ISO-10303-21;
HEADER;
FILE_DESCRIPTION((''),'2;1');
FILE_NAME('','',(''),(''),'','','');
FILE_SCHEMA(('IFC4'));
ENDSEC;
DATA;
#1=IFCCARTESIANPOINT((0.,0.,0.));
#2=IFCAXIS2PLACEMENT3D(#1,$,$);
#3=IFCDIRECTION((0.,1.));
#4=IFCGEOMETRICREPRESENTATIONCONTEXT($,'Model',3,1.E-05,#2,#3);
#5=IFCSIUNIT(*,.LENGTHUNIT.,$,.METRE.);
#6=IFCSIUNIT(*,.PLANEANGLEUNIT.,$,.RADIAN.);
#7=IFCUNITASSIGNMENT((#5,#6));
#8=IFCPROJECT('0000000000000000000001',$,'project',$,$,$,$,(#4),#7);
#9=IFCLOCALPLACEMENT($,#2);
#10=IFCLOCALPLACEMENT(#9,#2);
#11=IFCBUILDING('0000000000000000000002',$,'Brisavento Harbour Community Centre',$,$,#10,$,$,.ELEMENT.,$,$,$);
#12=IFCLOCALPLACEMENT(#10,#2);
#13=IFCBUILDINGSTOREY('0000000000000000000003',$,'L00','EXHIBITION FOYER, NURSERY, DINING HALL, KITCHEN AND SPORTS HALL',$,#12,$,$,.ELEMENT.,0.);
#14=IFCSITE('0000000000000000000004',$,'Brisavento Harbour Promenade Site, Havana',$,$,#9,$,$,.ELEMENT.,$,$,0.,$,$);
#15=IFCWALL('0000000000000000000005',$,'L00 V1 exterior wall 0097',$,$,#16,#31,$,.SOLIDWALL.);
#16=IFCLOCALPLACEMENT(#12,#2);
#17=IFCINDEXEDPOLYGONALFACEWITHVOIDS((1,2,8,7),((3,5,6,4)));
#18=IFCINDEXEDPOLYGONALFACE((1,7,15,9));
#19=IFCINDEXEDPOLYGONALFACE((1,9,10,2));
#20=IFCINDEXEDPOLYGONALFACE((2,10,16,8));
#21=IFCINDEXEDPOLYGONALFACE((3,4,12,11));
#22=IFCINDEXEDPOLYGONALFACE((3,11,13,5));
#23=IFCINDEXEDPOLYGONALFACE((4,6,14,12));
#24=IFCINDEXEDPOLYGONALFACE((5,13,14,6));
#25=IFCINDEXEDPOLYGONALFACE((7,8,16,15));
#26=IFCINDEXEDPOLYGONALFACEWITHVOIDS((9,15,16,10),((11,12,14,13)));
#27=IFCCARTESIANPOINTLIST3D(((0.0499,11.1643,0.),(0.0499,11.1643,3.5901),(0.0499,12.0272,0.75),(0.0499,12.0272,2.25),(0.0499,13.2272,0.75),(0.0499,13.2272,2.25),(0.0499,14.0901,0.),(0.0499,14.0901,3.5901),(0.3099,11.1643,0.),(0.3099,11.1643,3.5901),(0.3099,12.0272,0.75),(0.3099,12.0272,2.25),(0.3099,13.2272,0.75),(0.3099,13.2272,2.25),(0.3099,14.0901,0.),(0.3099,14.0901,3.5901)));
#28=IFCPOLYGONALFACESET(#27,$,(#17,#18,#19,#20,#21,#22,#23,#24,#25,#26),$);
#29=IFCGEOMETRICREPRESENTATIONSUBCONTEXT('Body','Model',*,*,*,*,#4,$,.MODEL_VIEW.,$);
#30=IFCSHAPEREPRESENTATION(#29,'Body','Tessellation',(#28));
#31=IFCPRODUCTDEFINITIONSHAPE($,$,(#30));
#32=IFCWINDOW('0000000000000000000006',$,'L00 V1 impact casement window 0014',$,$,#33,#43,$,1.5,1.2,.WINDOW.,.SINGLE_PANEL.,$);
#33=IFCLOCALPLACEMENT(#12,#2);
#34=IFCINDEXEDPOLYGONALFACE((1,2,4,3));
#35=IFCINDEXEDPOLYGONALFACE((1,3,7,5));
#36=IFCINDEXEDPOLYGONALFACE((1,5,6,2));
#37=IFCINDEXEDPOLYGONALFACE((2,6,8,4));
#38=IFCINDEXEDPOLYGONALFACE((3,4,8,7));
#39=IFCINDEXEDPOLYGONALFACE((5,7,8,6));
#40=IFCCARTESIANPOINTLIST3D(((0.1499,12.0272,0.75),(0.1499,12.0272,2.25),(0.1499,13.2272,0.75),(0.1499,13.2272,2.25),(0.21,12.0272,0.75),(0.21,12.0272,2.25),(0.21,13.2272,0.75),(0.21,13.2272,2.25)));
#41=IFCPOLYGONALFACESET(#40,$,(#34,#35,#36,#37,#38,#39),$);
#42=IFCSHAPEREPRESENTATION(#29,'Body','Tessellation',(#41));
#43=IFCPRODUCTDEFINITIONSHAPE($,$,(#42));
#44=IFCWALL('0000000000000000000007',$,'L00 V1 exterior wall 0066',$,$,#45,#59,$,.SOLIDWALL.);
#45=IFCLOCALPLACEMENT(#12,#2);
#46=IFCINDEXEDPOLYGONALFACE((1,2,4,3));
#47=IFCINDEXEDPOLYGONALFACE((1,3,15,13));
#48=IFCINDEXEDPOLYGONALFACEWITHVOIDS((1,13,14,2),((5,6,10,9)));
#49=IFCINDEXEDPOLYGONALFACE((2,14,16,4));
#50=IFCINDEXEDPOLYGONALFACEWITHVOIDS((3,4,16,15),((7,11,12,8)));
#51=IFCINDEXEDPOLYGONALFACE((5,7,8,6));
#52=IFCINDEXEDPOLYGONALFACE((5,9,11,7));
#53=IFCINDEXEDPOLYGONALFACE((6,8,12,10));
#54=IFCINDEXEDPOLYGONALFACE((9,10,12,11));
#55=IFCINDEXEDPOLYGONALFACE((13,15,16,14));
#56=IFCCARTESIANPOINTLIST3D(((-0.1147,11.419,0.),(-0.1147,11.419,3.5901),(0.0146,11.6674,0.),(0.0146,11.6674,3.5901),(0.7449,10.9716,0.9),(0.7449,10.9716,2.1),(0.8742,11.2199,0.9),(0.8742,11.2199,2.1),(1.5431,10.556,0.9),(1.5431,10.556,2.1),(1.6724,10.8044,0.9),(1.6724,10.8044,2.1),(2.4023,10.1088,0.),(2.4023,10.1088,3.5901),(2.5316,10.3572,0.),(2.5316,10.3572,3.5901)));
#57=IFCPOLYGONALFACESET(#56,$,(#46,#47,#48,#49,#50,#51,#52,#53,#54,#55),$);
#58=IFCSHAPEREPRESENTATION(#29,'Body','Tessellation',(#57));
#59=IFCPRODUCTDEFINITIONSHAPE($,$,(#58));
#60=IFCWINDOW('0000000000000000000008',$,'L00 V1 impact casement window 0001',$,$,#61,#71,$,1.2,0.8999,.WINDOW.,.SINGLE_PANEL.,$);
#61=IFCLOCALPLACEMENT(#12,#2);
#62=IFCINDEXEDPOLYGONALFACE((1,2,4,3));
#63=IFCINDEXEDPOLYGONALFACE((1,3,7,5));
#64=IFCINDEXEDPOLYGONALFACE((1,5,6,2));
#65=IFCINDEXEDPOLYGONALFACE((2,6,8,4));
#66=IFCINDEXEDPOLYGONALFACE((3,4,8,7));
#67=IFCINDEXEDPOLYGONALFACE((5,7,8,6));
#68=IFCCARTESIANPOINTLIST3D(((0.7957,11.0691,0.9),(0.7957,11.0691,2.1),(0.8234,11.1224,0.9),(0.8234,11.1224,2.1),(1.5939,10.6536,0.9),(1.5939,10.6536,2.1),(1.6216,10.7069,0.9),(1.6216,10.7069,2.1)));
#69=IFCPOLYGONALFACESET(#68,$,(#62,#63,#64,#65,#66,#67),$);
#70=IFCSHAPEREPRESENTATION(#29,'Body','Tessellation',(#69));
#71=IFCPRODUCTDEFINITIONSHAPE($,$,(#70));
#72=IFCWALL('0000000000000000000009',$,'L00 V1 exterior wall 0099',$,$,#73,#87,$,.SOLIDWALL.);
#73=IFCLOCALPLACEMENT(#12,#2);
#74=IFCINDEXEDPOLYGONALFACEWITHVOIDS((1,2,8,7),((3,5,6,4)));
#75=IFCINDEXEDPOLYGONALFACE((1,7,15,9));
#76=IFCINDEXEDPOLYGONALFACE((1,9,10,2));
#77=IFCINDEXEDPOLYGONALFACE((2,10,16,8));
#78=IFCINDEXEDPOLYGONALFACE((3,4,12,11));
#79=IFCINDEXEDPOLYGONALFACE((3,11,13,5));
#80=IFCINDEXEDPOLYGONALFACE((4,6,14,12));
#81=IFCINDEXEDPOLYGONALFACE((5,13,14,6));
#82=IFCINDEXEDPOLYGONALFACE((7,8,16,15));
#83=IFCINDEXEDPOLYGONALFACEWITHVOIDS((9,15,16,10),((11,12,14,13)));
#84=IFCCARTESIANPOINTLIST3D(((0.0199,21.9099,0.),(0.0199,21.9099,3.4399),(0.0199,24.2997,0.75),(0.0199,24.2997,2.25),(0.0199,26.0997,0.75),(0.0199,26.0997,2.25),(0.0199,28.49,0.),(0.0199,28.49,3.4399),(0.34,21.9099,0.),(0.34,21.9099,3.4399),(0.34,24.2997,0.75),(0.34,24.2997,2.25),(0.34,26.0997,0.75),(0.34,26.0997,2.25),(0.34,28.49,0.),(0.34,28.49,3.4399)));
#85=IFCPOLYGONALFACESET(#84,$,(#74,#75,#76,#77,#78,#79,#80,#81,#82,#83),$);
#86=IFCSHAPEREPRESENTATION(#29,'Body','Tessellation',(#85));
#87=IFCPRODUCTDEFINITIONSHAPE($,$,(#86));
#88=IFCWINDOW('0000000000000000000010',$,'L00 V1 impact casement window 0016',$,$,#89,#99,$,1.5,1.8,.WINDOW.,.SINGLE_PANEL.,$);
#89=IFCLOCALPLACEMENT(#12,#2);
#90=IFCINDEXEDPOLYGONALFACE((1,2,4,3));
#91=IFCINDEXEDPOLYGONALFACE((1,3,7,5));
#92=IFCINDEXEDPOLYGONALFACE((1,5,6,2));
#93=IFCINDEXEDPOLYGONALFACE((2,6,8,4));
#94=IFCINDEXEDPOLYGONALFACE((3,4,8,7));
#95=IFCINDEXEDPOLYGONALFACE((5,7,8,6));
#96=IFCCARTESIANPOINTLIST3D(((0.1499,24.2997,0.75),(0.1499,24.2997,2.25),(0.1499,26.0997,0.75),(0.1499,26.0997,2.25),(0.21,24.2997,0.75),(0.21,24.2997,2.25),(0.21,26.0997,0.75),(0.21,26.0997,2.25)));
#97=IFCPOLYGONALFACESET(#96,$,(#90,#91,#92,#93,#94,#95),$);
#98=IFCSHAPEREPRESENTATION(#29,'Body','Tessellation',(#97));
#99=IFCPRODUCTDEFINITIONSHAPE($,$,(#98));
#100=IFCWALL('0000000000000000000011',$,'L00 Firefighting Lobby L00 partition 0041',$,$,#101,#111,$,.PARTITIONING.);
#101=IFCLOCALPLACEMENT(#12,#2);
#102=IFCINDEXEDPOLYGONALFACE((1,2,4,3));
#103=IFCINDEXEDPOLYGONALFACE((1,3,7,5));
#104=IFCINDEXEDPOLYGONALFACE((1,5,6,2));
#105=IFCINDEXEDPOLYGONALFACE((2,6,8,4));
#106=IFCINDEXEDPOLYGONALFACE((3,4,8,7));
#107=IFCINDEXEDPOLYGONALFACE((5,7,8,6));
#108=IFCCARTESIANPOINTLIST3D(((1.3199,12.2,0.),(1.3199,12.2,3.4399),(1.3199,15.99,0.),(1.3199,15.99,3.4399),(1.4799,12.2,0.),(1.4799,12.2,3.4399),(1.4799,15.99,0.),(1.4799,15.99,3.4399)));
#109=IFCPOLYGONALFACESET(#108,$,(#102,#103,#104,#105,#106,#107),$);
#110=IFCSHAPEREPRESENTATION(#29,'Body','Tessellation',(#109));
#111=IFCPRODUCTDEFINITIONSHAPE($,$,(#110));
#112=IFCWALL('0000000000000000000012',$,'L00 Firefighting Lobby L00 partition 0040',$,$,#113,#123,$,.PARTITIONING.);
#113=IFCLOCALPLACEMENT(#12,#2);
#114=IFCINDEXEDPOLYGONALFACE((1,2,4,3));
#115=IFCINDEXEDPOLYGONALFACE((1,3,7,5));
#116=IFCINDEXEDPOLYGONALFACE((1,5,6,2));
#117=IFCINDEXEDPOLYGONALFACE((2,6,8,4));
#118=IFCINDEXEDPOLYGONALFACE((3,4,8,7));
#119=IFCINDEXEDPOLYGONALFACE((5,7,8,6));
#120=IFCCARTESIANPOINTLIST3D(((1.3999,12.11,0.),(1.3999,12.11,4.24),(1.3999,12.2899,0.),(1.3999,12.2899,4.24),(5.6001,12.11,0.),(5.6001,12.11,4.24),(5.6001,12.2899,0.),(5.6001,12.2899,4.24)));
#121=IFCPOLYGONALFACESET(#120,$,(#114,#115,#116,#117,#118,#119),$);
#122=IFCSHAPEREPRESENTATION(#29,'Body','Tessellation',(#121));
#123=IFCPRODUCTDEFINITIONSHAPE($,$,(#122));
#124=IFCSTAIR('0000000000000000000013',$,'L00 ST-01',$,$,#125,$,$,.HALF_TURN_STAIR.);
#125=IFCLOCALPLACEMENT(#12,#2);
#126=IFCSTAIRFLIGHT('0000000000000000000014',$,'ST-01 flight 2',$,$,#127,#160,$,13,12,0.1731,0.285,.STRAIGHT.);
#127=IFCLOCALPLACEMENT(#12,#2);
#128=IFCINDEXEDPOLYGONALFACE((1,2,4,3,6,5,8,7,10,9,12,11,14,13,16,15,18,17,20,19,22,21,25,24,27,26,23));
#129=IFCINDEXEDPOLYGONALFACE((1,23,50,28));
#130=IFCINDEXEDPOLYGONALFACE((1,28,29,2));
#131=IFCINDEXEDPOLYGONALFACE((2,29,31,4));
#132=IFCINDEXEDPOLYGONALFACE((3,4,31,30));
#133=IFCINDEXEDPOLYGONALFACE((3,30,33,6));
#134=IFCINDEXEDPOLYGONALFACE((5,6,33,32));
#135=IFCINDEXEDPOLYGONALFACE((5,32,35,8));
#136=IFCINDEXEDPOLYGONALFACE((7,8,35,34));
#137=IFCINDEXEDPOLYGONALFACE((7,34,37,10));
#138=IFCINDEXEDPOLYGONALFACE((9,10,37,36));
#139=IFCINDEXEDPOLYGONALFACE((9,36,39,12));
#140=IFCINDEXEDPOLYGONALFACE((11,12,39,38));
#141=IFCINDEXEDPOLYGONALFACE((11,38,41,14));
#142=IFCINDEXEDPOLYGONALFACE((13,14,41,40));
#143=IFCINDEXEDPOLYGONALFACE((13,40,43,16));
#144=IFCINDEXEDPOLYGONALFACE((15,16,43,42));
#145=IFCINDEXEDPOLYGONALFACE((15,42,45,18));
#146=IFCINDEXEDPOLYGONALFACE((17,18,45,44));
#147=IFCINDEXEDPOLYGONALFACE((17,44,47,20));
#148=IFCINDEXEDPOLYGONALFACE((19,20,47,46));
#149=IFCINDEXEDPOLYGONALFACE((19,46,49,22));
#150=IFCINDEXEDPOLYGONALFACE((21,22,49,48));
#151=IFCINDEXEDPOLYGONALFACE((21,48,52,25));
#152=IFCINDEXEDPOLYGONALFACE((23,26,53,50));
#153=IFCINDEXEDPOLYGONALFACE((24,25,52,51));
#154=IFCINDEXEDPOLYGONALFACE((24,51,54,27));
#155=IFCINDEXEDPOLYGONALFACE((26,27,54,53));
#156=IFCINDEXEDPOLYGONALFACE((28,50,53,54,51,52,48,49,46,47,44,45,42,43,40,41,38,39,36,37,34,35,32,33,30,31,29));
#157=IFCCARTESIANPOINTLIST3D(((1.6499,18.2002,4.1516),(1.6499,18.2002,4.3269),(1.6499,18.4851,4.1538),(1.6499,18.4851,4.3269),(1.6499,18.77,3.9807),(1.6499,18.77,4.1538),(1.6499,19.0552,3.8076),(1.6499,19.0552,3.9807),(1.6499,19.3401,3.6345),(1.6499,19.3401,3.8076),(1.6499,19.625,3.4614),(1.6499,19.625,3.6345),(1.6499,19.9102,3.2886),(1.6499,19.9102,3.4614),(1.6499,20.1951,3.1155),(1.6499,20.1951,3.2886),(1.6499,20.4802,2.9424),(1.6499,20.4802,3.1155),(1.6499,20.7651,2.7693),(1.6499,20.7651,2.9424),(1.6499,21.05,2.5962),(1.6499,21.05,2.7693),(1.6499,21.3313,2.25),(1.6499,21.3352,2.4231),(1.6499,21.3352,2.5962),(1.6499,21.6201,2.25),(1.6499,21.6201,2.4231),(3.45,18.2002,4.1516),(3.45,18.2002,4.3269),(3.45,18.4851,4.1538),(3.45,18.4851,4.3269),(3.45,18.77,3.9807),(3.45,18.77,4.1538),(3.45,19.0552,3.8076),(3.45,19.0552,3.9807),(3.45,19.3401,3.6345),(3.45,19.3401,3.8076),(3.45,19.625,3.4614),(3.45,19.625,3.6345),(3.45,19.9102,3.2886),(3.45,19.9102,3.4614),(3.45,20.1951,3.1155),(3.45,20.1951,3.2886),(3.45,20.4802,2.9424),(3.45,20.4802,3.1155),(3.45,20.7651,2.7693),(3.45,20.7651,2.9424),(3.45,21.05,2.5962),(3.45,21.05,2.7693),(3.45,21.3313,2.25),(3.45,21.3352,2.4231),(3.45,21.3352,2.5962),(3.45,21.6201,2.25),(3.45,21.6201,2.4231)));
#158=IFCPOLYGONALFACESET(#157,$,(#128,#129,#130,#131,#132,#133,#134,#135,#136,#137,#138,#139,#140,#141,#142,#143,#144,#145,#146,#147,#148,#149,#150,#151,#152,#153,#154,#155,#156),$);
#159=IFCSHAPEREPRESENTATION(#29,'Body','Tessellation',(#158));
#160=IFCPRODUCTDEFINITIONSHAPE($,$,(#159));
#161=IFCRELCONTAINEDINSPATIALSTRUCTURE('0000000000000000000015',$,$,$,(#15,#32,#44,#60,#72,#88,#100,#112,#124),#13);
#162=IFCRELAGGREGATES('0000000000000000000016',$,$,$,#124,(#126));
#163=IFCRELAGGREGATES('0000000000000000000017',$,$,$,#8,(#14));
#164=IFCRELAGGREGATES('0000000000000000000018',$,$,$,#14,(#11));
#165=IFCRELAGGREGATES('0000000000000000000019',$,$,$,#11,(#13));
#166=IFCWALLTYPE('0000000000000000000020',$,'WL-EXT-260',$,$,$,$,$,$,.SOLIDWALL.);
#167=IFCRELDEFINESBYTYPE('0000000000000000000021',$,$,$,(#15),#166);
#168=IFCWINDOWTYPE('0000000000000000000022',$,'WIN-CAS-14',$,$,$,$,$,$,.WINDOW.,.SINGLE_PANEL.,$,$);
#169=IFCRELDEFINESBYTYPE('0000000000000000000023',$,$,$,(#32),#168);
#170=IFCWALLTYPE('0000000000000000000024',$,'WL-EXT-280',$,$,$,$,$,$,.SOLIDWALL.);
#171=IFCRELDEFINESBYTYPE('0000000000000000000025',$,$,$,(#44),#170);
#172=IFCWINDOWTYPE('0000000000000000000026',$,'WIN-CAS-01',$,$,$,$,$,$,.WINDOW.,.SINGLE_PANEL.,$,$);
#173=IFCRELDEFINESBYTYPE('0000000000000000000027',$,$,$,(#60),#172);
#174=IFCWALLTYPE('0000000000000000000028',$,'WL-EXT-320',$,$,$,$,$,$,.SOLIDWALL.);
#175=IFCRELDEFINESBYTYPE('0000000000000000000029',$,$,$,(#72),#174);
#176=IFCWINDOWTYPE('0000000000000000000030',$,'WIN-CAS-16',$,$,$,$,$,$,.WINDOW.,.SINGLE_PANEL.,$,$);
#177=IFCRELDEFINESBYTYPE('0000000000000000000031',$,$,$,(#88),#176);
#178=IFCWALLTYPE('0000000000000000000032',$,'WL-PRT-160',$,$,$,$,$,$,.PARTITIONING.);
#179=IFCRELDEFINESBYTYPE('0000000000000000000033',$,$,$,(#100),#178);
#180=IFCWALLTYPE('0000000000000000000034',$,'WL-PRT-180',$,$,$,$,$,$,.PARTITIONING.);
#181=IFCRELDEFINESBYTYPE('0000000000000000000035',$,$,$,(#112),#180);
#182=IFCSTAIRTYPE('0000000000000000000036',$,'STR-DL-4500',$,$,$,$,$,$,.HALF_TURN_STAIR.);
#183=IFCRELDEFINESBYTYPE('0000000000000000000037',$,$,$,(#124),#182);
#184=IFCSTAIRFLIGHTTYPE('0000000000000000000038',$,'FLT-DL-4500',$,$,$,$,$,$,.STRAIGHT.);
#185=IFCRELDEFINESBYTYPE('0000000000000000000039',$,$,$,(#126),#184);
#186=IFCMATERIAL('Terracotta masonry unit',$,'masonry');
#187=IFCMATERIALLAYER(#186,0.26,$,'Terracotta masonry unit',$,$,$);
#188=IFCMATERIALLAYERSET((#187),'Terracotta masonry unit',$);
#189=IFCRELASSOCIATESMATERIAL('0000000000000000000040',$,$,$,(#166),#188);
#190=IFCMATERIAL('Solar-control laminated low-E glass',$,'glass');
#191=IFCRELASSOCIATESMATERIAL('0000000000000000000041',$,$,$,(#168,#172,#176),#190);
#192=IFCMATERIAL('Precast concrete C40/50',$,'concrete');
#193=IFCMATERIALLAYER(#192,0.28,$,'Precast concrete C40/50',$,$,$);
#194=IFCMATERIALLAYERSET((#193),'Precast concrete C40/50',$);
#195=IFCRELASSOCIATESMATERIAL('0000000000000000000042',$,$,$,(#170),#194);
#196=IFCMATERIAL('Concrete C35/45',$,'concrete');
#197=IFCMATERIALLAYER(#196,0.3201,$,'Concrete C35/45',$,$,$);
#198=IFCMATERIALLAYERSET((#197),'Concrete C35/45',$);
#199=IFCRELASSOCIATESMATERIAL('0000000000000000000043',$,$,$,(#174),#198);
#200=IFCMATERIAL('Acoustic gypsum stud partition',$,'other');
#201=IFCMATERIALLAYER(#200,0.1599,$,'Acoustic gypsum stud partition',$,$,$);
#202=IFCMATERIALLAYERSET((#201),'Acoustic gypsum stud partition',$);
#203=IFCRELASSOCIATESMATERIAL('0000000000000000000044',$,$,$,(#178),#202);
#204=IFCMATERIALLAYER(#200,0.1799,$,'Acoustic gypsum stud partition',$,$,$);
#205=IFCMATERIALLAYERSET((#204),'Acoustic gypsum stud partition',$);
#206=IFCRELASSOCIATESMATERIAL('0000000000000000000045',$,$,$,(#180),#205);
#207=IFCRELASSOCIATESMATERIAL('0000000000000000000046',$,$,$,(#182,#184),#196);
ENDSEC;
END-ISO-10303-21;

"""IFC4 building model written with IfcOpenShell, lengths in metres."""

from ifc_helpers import new_model, si_unit, direction, frame, frame_2d, origin, place, context, subcontext, project, spatial, polyline, rectangle, outline, extrude, material, layer, layer_set, type_object, element, fill, aggregate, save


model = new_model("IFC4")

# Units and contexts
model_context = context("Model", 3, precision=1e-05, world=origin(), true_north=direction((0.0, 1.0)))
body_context = subcontext(model_context, "Body", "Model", "MODEL_VIEW")
ifc_project = project(units=[si_unit("LENGTHUNIT", "METRE"), si_unit("PLANEANGLEUNIT", "RADIAN")], contexts=[model_context])

# Site, building, storey
site_placement = place(None, origin())
site = spatial("IfcSite", under=ifc_project, at=site_placement, Name="Brisavento Harbour Promenade Site, Havana", CompositionType="ELEMENT", RefElevation=0.0)
building_placement = place(site_placement, origin())
building = spatial("IfcBuilding", under=site, at=building_placement, Name="Brisavento Harbour Community Centre", CompositionType="ELEMENT")
storey_placement = place(building_placement, origin())
storey = spatial("IfcBuildingStorey", under=building, at=storey_placement, Name="L00", Description="EXHIBITION FOYER, NURSERY, DINING HALL, KITCHEN AND SPORTS HALL", CompositionType="ELEMENT", Elevation=0.0)

# Shared definitions
ifc_material_1 = material(Name="Concrete C35/45", Category="concrete")

# Walls, openings, windows
ifc_material_2 = material(Name="Terracotta masonry unit", Category="masonry")
ifc_material_3 = material(Name="Solar-control laminated low-E glass", Category="glass")
ifc_layer_1 = layer(ifc_material_2, 0.26, Name="Terracotta masonry unit")
ifc_layer_set_1 = layer_set([ifc_layer_1], Name="Terracotta masonry unit")
wall_type_1 = type_object("IfcWallType", Name="WL-EXT-260", PredefinedType="SOLIDWALL", material=ifc_layer_set_1)
wall_1_placement = place(storey_placement, frame((0.1799, 11.1643, 0.0), z_axis=(0.0, 0.0, 1.0), x_axis=(0.0, 1.0, 0.0)))
wall_1 = element("IfcWall", 1, at=wall_1_placement, inside=storey, type_object=wall_type_1, Name="L00 V1 exterior wall 0097", PredefinedType="SOLIDWALL", context=body_context, shape_type="SweptSolid", body=[
    extrude(rectangle(XDim=2.9258, YDim=0.26, at=frame_2d((1.4629, 0.0))), origin(), (0.0, 0.0, 1.0), 3.5901),
])
opening_1_placement = place(wall_1_placement, frame((0.8628, 0.0, 0.75)))
opening_1 = element("IfcOpeningElement", 2, at=opening_1_placement, cuts=wall_1, PredefinedType="OPENING", context=body_context, shape_type="SweptSolid", body=[
    extrude(rectangle(XDim=1.2, YDim=1.5, at=frame_2d((0.6001, 0.75))), frame((0.0, 0.1401, 0.0), z_axis=(0.0, -1.0, 0.0), x_axis=(1.0, 0.0, 0.0)), (0.0, 0.0, 1.0), 0.28),
])
window_type_1 = type_object("IfcWindowType", Name="WIN-CAS-14", PartitioningType="SINGLE_PANEL", PredefinedType="WINDOW", material=ifc_material_3)
window_1_placement = place(opening_1_placement, origin())
window_1 = element("IfcWindow", 3, at=window_1_placement, inside=storey, type_object=window_type_1, Name="L00 V1 impact casement window 0014", OverallHeight=1.5, OverallWidth=1.2, PartitioningType="SINGLE_PANEL", PredefinedType="WINDOW", context=body_context, shape_type="SweptSolid", body=[
    extrude(rectangle(XDim=1.2, YDim=1.5, at=frame_2d((0.6001, 0.75))), frame((0.0, 0.03, 0.0), z_axis=(0.0, -1.0, 0.0), x_axis=(1.0, 0.0, 0.0)), (0.0, 0.0, 1.0), 0.0601),
])
fill(opening_1, window_1)
ifc_material_4 = material(Name="Precast concrete C40/50", Category="concrete")
ifc_layer_2 = layer(ifc_material_4, 0.28, Name="Precast concrete C40/50")
ifc_layer_set_2 = layer_set([ifc_layer_2], Name="Precast concrete C40/50")
wall_type_2 = type_object("IfcWallType", Name="WL-EXT-280", PredefinedType="SOLIDWALL", material=ifc_layer_set_2)
wall_2_placement = place(storey_placement, frame((2.467, 10.2329, 0.0), z_axis=(0.0, 0.0, 1.0), x_axis=(-0.887012, 0.461745, 0.0)))
wall_2 = element("IfcWall", 4, at=wall_2_placement, inside=storey, type_object=wall_type_2, Name="L00 V1 exterior wall 0066", PredefinedType="SOLIDWALL", context=body_context, shape_type="SweptSolid", body=[
    extrude(rectangle(XDim=2.8376, YDim=0.28, at=frame_2d((1.4189, 0.0))), origin(), (0.0, 0.0, 1.0), 3.5901),
])
opening_2_placement = place(wall_2_placement, frame((0.9688, 0.0, 0.8999)))
opening_2 = element("IfcOpeningElement", 5, at=opening_2_placement, cuts=wall_2, PredefinedType="OPENING", context=body_context, shape_type="SweptSolid", body=[
    extrude(rectangle(XDim=0.8999, YDim=1.2, at=frame_2d((0.45, 0.6001))), frame((0.0, 0.1499, 0.0), z_axis=(0.0, -1.0, 0.0), x_axis=(1.0, 0.0, 0.0)), (0.0, 0.0, 1.0), 0.3),
])
window_type_2 = type_object("IfcWindowType", Name="WIN-CAS-01", PartitioningType="SINGLE_PANEL", PredefinedType="WINDOW", material=ifc_material_3)
window_2_placement = place(opening_2_placement, origin())
window_2 = element("IfcWindow", 6, at=window_2_placement, inside=storey, type_object=window_type_2, Name="L00 V1 impact casement window 0001", OverallHeight=1.2, OverallWidth=0.8999, PartitioningType="SINGLE_PANEL", PredefinedType="WINDOW", context=body_context, shape_type="SweptSolid", body=[
    extrude(rectangle(XDim=0.8999, YDim=1.2, at=frame_2d((0.45, 0.6001))), frame((0.0, 0.03, 0.0), z_axis=(0.0, -1.0, 0.0), x_axis=(1.0, 0.0, 0.0)), (0.0, 0.0, 1.0), 0.0601),
])
fill(opening_2, window_2)
ifc_layer_3 = layer(ifc_material_1, 0.3201, Name="Concrete C35/45")
ifc_layer_set_3 = layer_set([ifc_layer_3], Name="Concrete C35/45")
wall_type_3 = type_object("IfcWallType", Name="WL-EXT-320", PredefinedType="SOLIDWALL", material=ifc_layer_set_3)
wall_3_placement = place(storey_placement, frame((0.1799, 21.9099, 0.0), z_axis=(0.0, 0.0, 1.0), x_axis=(0.0, 1.0, 0.0)))
wall_3 = element("IfcWall", 7, at=wall_3_placement, inside=storey, type_object=wall_type_3, Name="L00 V1 exterior wall 0099", PredefinedType="SOLIDWALL", context=body_context, shape_type="SweptSolid", body=[
    extrude(rectangle(XDim=6.5801, YDim=0.3201, at=frame_2d((3.29, 0.0))), origin(), (0.0, 0.0, 1.0), 3.4399),
])
opening_3_placement = place(wall_3_placement, frame((2.3899, 0.0, 0.75)))
opening_3 = element("IfcOpeningElement", 8, at=opening_3_placement, cuts=wall_3, PredefinedType="OPENING", context=body_context, shape_type="SweptSolid", body=[
    extrude(rectangle(XDim=1.8, YDim=1.5, at=frame_2d((0.8999, 0.75))), frame((0.0, 0.1699, 0.0), z_axis=(0.0, -1.0, 0.0), x_axis=(1.0, 0.0, 0.0)), (0.0, 0.0, 1.0), 0.3401),
])
window_type_3 = type_object("IfcWindowType", Name="WIN-CAS-16", PartitioningType="SINGLE_PANEL", PredefinedType="WINDOW", material=ifc_material_3)
window_3_placement = place(opening_3_placement, origin())
window_3 = element("IfcWindow", 9, at=window_3_placement, inside=storey, type_object=window_type_3, Name="L00 V1 impact casement window 0016", OverallHeight=1.5, OverallWidth=1.8, PartitioningType="SINGLE_PANEL", PredefinedType="WINDOW", context=body_context, shape_type="SweptSolid", body=[
    extrude(rectangle(XDim=1.8, YDim=1.5, at=frame_2d((0.8999, 0.75))), frame((0.0, 0.03, 0.0), z_axis=(0.0, -1.0, 0.0), x_axis=(1.0, 0.0, 0.0)), (0.0, 0.0, 1.0), 0.0601),
])
fill(opening_3, window_3)

# Walls
ifc_material_5 = material(Name="Acoustic gypsum stud partition", Category="other")
ifc_layer_4 = layer(ifc_material_5, 0.1599, Name="Acoustic gypsum stud partition")
ifc_layer_set_4 = layer_set([ifc_layer_4], Name="Acoustic gypsum stud partition")
wall_type_4 = type_object("IfcWallType", Name="WL-PRT-160", PredefinedType="PARTITIONING", material=ifc_layer_set_4)
wall_4_placement = place(storey_placement, frame((1.3999, 15.99, 0.0), z_axis=(0.0, 0.0, 1.0), x_axis=(0.0, -1.0, 0.0)))
element("IfcWall", 10, at=wall_4_placement, inside=storey, type_object=wall_type_4, Name="L00 Firefighting Lobby L00 partition 0041", PredefinedType="PARTITIONING", context=body_context, shape_type="SweptSolid", body=[
    extrude(rectangle(XDim=3.79, YDim=0.1599, at=frame_2d((1.895, 0.0))), origin(), (0.0, 0.0, 1.0), 3.4399),
])
ifc_layer_5 = layer(ifc_material_5, 0.1799, Name="Acoustic gypsum stud partition")
ifc_layer_set_5 = layer_set([ifc_layer_5], Name="Acoustic gypsum stud partition")
wall_type_5 = type_object("IfcWallType", Name="WL-PRT-180", PredefinedType="PARTITIONING", material=ifc_layer_set_5)
wall_5_placement = place(storey_placement, frame((1.3999, 12.2, 0.0), z_axis=(0.0, 0.0, 1.0), x_axis=(1.0, 0.0, 0.0)))
element("IfcWall", 11, at=wall_5_placement, inside=storey, type_object=wall_type_5, Name="L00 Firefighting Lobby L00 partition 0040", PredefinedType="PARTITIONING", context=body_context, shape_type="SweptSolid", body=[
    extrude(rectangle(XDim=4.2002, YDim=0.1799, at=frame_2d((2.1001, 0.0))), origin(), (0.0, 0.0, 1.0), 4.24),
])

# Stair, stair flight
stair_type = type_object("IfcStairType", Name="STR-DL-4500", PredefinedType="HALF_TURN_STAIR", material=ifc_material_1)
stair_placement = place(storey_placement, origin())
stair = element("IfcStair", 12, at=stair_placement, inside=storey, type_object=stair_type, Name="L00 ST-01", PredefinedType="HALF_TURN_STAIR")
stair_flight_type = type_object("IfcStairFlightType", Name="FLT-DL-4500", PredefinedType="STRAIGHT", material=ifc_material_1)
stair_flight_placement = place(storey_placement, frame((2.55, 21.6201, 2.25), z_axis=(0.0, 0.0, 1.0), x_axis=(0.0, -1.0, 0.0)))
stair_flight = element("IfcStairFlight", 13, at=stair_flight_placement, type_object=stair_flight_type, Name="ST-01 flight 2", NumberOfRisers=13, NumberOfTreads=12, PredefinedType="STRAIGHT", RiserHeight=0.1731, TreadLength=0.285, context=body_context, shape_type="SweptSolid", body=[
    extrude(outline(polyline([(0.0, 0.0), (0.0, 0.1731), (0.2849, 0.1731), (0.2849, 0.3462), (0.5701, 0.3462), (0.5701, 0.5193), (0.855, 0.5193), (0.855, 0.6924), (1.1399, 0.6924), (1.1399, 0.8655), (1.425, 0.8655), (1.425, 1.0386), (1.71, 1.0386), (1.71, 1.2114), (1.9951, 1.2114), (1.9951, 1.3845), (2.28, 1.3845), (2.28, 1.5576), (2.5649, 1.5576), (2.5649, 1.7307), (2.8501, 1.7307), (2.8501, 1.9038), (3.135, 1.9038), (3.135, 2.0769), (3.4199, 2.0769), (3.4199, 2.25), (3.4199, 1.9016), (0.2888, 0.0), (0.0, 0.0)])), frame((0.0, 0.8999, 0.0), z_axis=(0.0, -1.0, 0.0), x_axis=(1.0, 0.0, 0.0)), (0.0, 0.0, 1.0), 1.8),
])
aggregate(stair, [stair_flight])

save(model, "model.ifc")
